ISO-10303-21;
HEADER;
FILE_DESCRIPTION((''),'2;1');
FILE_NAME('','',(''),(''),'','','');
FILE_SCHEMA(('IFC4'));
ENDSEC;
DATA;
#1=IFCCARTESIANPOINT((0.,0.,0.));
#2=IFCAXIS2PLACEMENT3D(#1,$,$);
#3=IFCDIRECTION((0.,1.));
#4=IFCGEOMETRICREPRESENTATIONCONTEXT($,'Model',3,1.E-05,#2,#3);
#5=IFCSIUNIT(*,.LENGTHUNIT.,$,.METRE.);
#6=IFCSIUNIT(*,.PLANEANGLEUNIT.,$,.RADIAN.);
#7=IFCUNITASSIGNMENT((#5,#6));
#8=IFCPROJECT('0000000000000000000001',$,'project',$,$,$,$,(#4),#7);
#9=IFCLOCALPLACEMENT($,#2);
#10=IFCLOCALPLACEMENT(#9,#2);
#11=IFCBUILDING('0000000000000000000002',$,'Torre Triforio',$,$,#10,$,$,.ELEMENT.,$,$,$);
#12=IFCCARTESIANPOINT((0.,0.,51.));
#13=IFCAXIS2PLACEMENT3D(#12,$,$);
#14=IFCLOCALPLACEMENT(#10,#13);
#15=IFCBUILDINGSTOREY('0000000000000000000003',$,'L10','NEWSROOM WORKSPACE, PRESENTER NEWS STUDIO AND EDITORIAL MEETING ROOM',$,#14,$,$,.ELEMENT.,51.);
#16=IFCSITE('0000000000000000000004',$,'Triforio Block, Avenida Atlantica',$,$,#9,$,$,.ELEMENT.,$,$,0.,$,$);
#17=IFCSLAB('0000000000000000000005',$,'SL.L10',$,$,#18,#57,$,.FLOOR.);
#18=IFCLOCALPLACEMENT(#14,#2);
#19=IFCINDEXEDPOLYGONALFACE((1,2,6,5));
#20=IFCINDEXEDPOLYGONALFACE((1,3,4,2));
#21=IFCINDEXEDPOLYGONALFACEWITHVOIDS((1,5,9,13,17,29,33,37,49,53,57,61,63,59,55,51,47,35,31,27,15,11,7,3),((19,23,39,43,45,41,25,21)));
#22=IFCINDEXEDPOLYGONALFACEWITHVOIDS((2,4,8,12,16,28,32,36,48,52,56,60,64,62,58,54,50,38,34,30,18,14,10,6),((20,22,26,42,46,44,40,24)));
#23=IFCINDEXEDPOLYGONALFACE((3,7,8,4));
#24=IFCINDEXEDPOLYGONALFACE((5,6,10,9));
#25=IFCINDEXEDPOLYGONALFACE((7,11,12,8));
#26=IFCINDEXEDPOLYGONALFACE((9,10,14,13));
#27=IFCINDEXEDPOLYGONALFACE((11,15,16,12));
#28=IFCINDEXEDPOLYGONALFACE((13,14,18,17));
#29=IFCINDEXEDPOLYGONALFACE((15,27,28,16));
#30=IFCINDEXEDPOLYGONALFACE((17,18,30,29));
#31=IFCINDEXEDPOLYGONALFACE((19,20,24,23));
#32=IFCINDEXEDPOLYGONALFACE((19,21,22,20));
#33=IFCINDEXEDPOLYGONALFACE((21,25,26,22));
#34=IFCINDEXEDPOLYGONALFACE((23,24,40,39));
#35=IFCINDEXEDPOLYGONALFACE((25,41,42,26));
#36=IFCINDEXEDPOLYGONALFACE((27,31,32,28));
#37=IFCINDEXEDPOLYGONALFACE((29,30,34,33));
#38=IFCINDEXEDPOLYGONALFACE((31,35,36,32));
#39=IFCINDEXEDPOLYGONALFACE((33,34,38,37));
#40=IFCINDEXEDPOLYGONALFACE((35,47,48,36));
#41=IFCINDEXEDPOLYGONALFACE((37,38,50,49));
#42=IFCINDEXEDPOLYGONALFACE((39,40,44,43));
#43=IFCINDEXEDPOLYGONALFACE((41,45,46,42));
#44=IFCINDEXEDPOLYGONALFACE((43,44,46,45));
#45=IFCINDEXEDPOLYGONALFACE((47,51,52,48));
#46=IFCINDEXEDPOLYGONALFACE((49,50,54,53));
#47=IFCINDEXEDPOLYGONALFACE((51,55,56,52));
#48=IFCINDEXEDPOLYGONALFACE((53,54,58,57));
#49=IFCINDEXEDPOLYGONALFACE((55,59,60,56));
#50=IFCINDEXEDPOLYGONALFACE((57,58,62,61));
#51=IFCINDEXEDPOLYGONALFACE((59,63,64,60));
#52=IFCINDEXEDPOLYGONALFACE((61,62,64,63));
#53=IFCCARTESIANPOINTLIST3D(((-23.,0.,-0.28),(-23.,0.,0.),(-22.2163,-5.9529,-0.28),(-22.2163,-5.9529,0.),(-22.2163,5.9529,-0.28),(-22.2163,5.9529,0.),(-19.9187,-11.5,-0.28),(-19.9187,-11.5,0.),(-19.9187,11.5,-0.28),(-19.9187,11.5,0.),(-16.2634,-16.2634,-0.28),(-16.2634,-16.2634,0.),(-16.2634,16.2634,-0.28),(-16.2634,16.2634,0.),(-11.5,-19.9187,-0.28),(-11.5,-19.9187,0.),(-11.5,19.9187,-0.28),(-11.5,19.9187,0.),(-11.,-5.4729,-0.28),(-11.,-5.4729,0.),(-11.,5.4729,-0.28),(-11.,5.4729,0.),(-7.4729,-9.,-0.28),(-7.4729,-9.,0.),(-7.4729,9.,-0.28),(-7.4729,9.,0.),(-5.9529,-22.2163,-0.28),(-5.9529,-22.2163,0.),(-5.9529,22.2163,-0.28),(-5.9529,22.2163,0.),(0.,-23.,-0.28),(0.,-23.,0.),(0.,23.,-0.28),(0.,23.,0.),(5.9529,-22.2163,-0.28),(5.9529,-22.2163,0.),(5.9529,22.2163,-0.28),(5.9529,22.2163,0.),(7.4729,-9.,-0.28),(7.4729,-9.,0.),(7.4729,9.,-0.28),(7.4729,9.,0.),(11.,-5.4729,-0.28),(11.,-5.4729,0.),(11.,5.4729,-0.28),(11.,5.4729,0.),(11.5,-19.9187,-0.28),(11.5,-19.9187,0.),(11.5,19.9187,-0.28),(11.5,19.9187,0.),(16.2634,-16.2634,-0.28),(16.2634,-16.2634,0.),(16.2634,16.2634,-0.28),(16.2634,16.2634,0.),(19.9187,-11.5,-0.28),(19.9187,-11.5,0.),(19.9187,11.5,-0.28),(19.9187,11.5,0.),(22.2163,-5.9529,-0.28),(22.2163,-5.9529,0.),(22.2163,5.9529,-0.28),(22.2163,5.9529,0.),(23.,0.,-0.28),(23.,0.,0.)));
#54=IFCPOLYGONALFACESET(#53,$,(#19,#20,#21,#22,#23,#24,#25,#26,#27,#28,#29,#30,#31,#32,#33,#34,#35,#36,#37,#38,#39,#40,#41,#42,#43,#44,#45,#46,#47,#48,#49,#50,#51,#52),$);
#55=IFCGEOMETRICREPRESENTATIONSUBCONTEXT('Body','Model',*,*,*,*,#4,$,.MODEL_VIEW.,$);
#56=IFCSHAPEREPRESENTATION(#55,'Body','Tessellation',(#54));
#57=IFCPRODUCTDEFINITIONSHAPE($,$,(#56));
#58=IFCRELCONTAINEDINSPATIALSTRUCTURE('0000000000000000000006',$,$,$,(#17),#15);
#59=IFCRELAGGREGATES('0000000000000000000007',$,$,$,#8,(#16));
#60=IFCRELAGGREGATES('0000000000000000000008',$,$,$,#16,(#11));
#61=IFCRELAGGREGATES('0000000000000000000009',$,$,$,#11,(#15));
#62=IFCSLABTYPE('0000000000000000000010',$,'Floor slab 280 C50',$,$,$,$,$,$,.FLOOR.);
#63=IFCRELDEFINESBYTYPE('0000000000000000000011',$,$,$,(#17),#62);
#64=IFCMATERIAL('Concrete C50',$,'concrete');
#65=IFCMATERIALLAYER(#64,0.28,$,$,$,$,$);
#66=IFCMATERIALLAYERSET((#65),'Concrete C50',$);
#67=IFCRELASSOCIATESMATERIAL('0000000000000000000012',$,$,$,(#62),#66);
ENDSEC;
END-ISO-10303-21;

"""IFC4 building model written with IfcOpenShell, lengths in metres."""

from ifc_helpers import new_model, si_unit, direction, frame, origin, place, context, subcontext, project, spatial, polyline, outline, extrude, material, layer, layer_set, type_object, element, save


model = new_model("IFC4")

# Units and contexts
model_context = context("Model", 3, precision=1e-05, world=origin(), true_north=direction((0.0, 1.0)))
body_context = subcontext(model_context, "Body", "Model", "MODEL_VIEW")
ifc_project = project(units=[si_unit("LENGTHUNIT", "METRE"), si_unit("PLANEANGLEUNIT", "RADIAN")], contexts=[model_context])

# Site, building, storey
site_placement = place(None, origin())
site = spatial("IfcSite", under=ifc_project, at=site_placement, Name="Triforio Block, Avenida Atlantica", CompositionType="ELEMENT", RefElevation=0.0)
building_placement = place(site_placement, origin())
building = spatial("IfcBuilding", under=site, at=building_placement, Name="Torre Triforio", CompositionType="ELEMENT")
storey_placement = place(building_placement, frame((0.0, 0.0, 51.0)))
storey = spatial("IfcBuildingStorey", under=building, at=storey_placement, Name="L10", Description="NEWSROOM WORKSPACE, PRESENTER NEWS STUDIO AND EDITORIAL MEETING ROOM", CompositionType="ELEMENT", Elevation=51.0)

# Slab
ifc_material_1 = material(Name="Concrete C50", Category="concrete")
ifc_layer_1 = layer(ifc_material_1, 0.28)
ifc_layer_set_1 = layer_set([ifc_layer_1], Name="Concrete C50")
slab_type_1 = type_object("IfcSlabType", Name="Floor slab 280 C50", PredefinedType="FLOOR", material=ifc_layer_set_1)
slab_1_placement = place(storey_placement, frame((0.0, 0.0, -0.28)))
element("IfcSlab", 1, at=slab_1_placement, inside=storey, type_object=slab_type_1, Name="SL.L10", PredefinedType="FLOOR", context=body_context, shape_type="SweptSolid", body=[
    extrude(outline(polyline([(19.9187, -11.5), (22.2163, -5.9529), (23.0, 0.0), (22.2163, 5.9529), (19.9187, 11.5), (16.2634, 16.2634), (11.5, 19.9187), (5.9529, 22.2163), (0.0, 23.0), (-5.9529, 22.2163), (-11.5, 19.9187), (-16.2634, 16.2634), (-19.9187, 11.5), (-22.2163, 5.9529), (-23.0, 0.0), (-22.2163, -5.9529), (-19.9187, -11.5), (-16.2634, -16.2634), (-11.5, -19.9187), (-5.9529, -22.2163), (0.0, -23.0), (5.9529, -22.2163), (11.5, -19.9187), (16.2634, -16.2634), (19.9187, -11.5)]), holes=[polyline([(11.0, 5.4729), (11.0, -5.4729), (7.4729, -9.0), (-7.4729, -9.0), (-11.0, -5.4729), (-11.0, 5.4729), (-7.4729, 9.0), (7.4729, 9.0), (11.0, 5.4729)])]), origin(), (0.0, 0.0, 1.0), 0.28),
])

save(model, "model.ifc")
